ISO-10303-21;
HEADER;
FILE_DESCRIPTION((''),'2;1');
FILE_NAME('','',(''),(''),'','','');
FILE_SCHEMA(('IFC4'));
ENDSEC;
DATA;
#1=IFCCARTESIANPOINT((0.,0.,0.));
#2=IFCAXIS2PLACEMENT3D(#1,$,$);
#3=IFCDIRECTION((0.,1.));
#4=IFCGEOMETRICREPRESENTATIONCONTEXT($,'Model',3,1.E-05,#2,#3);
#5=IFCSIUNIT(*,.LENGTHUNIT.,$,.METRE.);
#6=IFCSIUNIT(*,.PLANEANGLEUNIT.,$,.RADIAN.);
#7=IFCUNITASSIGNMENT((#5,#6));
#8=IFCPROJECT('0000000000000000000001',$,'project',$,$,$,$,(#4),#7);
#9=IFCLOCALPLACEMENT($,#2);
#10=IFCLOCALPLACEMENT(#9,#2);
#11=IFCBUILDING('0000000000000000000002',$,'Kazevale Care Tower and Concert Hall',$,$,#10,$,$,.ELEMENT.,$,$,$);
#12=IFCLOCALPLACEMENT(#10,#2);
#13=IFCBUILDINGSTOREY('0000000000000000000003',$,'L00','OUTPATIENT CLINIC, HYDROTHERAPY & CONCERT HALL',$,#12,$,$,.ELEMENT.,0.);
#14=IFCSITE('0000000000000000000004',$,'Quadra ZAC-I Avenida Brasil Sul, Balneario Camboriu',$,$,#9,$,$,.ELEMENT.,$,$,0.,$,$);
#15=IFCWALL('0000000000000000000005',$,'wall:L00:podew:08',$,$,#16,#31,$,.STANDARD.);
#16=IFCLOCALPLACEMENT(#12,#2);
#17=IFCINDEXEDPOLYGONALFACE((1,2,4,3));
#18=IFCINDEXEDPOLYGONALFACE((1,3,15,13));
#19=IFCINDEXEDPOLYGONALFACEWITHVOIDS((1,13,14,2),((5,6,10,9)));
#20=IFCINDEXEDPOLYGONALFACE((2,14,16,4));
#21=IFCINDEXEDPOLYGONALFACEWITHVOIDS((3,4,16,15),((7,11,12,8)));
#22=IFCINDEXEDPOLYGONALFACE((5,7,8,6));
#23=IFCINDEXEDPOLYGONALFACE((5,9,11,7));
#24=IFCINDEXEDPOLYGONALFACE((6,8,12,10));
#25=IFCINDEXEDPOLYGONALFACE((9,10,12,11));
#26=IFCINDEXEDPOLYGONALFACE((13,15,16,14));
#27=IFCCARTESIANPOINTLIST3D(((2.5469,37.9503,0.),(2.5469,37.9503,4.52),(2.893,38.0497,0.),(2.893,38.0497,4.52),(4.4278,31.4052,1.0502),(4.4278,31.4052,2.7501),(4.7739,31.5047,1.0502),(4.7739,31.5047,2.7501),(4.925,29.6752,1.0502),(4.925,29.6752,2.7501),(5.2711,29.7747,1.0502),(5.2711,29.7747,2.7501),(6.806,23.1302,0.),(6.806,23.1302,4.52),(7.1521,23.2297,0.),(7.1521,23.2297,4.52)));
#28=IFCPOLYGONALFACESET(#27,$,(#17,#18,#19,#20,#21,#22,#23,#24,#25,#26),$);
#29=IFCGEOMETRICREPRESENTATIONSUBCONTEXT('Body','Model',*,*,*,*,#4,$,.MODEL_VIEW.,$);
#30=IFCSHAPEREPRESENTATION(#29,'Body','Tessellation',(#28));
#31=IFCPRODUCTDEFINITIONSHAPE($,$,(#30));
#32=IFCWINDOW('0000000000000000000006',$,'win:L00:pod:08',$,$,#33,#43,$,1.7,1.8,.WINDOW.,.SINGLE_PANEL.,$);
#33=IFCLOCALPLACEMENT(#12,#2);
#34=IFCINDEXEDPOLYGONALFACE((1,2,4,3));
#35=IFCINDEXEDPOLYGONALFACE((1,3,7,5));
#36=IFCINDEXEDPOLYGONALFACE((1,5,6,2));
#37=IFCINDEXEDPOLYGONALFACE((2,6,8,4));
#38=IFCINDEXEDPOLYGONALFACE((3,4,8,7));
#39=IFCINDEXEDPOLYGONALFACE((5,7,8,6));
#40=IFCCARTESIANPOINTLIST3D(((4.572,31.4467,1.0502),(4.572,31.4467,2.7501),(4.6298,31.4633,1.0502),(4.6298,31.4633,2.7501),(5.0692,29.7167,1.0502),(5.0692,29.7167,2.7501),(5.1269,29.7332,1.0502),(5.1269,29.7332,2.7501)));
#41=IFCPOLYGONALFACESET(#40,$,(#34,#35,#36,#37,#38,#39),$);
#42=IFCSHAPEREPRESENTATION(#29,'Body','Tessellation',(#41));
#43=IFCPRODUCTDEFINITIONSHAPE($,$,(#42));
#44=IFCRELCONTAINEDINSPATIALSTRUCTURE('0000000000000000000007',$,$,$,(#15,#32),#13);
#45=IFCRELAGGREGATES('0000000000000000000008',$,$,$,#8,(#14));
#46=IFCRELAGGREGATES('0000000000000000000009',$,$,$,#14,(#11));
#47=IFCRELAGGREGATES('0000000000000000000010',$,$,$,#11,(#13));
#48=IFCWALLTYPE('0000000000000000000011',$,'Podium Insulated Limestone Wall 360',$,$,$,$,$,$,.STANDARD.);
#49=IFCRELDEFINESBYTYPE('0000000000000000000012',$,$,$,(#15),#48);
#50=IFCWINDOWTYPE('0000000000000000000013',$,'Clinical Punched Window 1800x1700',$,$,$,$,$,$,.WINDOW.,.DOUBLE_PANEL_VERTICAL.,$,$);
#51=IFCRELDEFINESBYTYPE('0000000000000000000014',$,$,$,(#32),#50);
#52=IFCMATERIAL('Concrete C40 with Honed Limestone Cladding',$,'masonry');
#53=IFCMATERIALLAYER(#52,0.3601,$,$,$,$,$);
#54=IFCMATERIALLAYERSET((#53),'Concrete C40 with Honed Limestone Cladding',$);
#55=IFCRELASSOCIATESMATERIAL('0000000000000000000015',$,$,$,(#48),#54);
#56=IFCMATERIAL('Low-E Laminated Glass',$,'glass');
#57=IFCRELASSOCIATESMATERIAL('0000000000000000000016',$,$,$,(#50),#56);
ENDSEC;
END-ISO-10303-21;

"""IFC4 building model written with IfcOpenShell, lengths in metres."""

from ifc_helpers import new_model, si_unit, direction, frame, frame_2d, origin, place, context, subcontext, project, spatial, rectangle, extrude, material, layer, layer_set, type_object, element, fill, save


model = new_model("IFC4")

# Units and contexts
model_context = context("Model", 3, precision=1e-05, world=origin(), true_north=direction((0.0, 1.0)))
body_context = subcontext(model_context, "Body", "Model", "MODEL_VIEW")
ifc_project = project(units=[si_unit("LENGTHUNIT", "METRE"), si_unit("PLANEANGLEUNIT", "RADIAN")], contexts=[model_context])

# Site, building, storey
site_placement = place(None, origin())
site = spatial("IfcSite", under=ifc_project, at=site_placement, Name="Quadra ZAC-I Avenida Brasil Sul, Balneario Camboriu", CompositionType="ELEMENT", RefElevation=0.0)
building_placement = place(site_placement, origin())
building = spatial("IfcBuilding", under=site, at=building_placement, Name="Kazevale Care Tower and Concert Hall", CompositionType="ELEMENT")
storey_placement = place(building_placement, origin())
storey = spatial("IfcBuildingStorey", under=building, at=storey_placement, Name="L00", Description="OUTPATIENT CLINIC, HYDROTHERAPY & CONCERT HALL", CompositionType="ELEMENT", Elevation=0.0)

# Shared definitions
ifc_material_1 = material(Name="Concrete C40 with Honed Limestone Cladding", Category="masonry")
ifc_layer_1 = layer(ifc_material_1, 0.3601)
ifc_layer_set_1 = layer_set([ifc_layer_1], Name="Concrete C40 with Honed Limestone Cladding")
wall_type_1 = type_object("IfcWallType", Name="Podium Insulated Limestone Wall 360", PredefinedType="STANDARD", material=ifc_layer_set_1)

# Wall, opening, window
wall_1_placement = place(storey_placement, frame((2.72, 38.0, 0.0), z_axis=(0.0, 0.0, 1.0), x_axis=(0.276203, -0.961099, 0.0)))
wall_1 = element("IfcWall", 1, at=wall_1_placement, inside=storey, type_object=wall_type_1, Name="wall:L00:podew:08", PredefinedType="STANDARD", context=body_context, shape_type="SweptSolid", body=[
    extrude(rectangle(XDim=15.4199, YDim=0.3601, at=frame_2d((7.71, 0.0))), origin(), (0.0, 0.0, 1.0), 4.52),
])
opening_1_placement = place(wall_1_placement, frame((6.8101, 0.0, 1.05)))
opening_1 = element("IfcOpeningElement", 2, at=opening_1_placement, cuts=wall_1, PredefinedType="OPENING", context=body_context, shape_type="SweptSolid", body=[
    extrude(rectangle(XDim=1.8, YDim=1.7, at=frame_2d((0.8999, 0.8501))), frame((0.0, 0.1899, 0.0), z_axis=(0.0, -1.0, 0.0), x_axis=(1.0, 0.0, 0.0)), (0.0, 0.0, 1.0), 0.3801),
])
ifc_material_2 = material(Name="Low-E Laminated Glass", Category="glass")
window_type = type_object("IfcWindowType", Name="Clinical Punched Window 1800x1700", PartitioningType="DOUBLE_PANEL_VERTICAL", PredefinedType="WINDOW", material=ifc_material_2)
window_placement = place(opening_1_placement, origin())
window = element("IfcWindow", 3, at=window_placement, inside=storey, type_object=window_type, Name="win:L00:pod:08", OverallHeight=1.7, OverallWidth=1.8, PartitioningType="SINGLE_PANEL", PredefinedType="WINDOW", context=body_context, shape_type="SweptSolid", body=[
    extrude(rectangle(XDim=1.8, YDim=1.7, at=frame_2d((0.8999, 0.8501))), frame((0.0, 0.03, 0.0), z_axis=(0.0, -1.0, 0.0), x_axis=(1.0, 0.0, 0.0)), (0.0, 0.0, 1.0), 0.0601),
])
fill(opening_1, window)

save(model, "model.ifc")
